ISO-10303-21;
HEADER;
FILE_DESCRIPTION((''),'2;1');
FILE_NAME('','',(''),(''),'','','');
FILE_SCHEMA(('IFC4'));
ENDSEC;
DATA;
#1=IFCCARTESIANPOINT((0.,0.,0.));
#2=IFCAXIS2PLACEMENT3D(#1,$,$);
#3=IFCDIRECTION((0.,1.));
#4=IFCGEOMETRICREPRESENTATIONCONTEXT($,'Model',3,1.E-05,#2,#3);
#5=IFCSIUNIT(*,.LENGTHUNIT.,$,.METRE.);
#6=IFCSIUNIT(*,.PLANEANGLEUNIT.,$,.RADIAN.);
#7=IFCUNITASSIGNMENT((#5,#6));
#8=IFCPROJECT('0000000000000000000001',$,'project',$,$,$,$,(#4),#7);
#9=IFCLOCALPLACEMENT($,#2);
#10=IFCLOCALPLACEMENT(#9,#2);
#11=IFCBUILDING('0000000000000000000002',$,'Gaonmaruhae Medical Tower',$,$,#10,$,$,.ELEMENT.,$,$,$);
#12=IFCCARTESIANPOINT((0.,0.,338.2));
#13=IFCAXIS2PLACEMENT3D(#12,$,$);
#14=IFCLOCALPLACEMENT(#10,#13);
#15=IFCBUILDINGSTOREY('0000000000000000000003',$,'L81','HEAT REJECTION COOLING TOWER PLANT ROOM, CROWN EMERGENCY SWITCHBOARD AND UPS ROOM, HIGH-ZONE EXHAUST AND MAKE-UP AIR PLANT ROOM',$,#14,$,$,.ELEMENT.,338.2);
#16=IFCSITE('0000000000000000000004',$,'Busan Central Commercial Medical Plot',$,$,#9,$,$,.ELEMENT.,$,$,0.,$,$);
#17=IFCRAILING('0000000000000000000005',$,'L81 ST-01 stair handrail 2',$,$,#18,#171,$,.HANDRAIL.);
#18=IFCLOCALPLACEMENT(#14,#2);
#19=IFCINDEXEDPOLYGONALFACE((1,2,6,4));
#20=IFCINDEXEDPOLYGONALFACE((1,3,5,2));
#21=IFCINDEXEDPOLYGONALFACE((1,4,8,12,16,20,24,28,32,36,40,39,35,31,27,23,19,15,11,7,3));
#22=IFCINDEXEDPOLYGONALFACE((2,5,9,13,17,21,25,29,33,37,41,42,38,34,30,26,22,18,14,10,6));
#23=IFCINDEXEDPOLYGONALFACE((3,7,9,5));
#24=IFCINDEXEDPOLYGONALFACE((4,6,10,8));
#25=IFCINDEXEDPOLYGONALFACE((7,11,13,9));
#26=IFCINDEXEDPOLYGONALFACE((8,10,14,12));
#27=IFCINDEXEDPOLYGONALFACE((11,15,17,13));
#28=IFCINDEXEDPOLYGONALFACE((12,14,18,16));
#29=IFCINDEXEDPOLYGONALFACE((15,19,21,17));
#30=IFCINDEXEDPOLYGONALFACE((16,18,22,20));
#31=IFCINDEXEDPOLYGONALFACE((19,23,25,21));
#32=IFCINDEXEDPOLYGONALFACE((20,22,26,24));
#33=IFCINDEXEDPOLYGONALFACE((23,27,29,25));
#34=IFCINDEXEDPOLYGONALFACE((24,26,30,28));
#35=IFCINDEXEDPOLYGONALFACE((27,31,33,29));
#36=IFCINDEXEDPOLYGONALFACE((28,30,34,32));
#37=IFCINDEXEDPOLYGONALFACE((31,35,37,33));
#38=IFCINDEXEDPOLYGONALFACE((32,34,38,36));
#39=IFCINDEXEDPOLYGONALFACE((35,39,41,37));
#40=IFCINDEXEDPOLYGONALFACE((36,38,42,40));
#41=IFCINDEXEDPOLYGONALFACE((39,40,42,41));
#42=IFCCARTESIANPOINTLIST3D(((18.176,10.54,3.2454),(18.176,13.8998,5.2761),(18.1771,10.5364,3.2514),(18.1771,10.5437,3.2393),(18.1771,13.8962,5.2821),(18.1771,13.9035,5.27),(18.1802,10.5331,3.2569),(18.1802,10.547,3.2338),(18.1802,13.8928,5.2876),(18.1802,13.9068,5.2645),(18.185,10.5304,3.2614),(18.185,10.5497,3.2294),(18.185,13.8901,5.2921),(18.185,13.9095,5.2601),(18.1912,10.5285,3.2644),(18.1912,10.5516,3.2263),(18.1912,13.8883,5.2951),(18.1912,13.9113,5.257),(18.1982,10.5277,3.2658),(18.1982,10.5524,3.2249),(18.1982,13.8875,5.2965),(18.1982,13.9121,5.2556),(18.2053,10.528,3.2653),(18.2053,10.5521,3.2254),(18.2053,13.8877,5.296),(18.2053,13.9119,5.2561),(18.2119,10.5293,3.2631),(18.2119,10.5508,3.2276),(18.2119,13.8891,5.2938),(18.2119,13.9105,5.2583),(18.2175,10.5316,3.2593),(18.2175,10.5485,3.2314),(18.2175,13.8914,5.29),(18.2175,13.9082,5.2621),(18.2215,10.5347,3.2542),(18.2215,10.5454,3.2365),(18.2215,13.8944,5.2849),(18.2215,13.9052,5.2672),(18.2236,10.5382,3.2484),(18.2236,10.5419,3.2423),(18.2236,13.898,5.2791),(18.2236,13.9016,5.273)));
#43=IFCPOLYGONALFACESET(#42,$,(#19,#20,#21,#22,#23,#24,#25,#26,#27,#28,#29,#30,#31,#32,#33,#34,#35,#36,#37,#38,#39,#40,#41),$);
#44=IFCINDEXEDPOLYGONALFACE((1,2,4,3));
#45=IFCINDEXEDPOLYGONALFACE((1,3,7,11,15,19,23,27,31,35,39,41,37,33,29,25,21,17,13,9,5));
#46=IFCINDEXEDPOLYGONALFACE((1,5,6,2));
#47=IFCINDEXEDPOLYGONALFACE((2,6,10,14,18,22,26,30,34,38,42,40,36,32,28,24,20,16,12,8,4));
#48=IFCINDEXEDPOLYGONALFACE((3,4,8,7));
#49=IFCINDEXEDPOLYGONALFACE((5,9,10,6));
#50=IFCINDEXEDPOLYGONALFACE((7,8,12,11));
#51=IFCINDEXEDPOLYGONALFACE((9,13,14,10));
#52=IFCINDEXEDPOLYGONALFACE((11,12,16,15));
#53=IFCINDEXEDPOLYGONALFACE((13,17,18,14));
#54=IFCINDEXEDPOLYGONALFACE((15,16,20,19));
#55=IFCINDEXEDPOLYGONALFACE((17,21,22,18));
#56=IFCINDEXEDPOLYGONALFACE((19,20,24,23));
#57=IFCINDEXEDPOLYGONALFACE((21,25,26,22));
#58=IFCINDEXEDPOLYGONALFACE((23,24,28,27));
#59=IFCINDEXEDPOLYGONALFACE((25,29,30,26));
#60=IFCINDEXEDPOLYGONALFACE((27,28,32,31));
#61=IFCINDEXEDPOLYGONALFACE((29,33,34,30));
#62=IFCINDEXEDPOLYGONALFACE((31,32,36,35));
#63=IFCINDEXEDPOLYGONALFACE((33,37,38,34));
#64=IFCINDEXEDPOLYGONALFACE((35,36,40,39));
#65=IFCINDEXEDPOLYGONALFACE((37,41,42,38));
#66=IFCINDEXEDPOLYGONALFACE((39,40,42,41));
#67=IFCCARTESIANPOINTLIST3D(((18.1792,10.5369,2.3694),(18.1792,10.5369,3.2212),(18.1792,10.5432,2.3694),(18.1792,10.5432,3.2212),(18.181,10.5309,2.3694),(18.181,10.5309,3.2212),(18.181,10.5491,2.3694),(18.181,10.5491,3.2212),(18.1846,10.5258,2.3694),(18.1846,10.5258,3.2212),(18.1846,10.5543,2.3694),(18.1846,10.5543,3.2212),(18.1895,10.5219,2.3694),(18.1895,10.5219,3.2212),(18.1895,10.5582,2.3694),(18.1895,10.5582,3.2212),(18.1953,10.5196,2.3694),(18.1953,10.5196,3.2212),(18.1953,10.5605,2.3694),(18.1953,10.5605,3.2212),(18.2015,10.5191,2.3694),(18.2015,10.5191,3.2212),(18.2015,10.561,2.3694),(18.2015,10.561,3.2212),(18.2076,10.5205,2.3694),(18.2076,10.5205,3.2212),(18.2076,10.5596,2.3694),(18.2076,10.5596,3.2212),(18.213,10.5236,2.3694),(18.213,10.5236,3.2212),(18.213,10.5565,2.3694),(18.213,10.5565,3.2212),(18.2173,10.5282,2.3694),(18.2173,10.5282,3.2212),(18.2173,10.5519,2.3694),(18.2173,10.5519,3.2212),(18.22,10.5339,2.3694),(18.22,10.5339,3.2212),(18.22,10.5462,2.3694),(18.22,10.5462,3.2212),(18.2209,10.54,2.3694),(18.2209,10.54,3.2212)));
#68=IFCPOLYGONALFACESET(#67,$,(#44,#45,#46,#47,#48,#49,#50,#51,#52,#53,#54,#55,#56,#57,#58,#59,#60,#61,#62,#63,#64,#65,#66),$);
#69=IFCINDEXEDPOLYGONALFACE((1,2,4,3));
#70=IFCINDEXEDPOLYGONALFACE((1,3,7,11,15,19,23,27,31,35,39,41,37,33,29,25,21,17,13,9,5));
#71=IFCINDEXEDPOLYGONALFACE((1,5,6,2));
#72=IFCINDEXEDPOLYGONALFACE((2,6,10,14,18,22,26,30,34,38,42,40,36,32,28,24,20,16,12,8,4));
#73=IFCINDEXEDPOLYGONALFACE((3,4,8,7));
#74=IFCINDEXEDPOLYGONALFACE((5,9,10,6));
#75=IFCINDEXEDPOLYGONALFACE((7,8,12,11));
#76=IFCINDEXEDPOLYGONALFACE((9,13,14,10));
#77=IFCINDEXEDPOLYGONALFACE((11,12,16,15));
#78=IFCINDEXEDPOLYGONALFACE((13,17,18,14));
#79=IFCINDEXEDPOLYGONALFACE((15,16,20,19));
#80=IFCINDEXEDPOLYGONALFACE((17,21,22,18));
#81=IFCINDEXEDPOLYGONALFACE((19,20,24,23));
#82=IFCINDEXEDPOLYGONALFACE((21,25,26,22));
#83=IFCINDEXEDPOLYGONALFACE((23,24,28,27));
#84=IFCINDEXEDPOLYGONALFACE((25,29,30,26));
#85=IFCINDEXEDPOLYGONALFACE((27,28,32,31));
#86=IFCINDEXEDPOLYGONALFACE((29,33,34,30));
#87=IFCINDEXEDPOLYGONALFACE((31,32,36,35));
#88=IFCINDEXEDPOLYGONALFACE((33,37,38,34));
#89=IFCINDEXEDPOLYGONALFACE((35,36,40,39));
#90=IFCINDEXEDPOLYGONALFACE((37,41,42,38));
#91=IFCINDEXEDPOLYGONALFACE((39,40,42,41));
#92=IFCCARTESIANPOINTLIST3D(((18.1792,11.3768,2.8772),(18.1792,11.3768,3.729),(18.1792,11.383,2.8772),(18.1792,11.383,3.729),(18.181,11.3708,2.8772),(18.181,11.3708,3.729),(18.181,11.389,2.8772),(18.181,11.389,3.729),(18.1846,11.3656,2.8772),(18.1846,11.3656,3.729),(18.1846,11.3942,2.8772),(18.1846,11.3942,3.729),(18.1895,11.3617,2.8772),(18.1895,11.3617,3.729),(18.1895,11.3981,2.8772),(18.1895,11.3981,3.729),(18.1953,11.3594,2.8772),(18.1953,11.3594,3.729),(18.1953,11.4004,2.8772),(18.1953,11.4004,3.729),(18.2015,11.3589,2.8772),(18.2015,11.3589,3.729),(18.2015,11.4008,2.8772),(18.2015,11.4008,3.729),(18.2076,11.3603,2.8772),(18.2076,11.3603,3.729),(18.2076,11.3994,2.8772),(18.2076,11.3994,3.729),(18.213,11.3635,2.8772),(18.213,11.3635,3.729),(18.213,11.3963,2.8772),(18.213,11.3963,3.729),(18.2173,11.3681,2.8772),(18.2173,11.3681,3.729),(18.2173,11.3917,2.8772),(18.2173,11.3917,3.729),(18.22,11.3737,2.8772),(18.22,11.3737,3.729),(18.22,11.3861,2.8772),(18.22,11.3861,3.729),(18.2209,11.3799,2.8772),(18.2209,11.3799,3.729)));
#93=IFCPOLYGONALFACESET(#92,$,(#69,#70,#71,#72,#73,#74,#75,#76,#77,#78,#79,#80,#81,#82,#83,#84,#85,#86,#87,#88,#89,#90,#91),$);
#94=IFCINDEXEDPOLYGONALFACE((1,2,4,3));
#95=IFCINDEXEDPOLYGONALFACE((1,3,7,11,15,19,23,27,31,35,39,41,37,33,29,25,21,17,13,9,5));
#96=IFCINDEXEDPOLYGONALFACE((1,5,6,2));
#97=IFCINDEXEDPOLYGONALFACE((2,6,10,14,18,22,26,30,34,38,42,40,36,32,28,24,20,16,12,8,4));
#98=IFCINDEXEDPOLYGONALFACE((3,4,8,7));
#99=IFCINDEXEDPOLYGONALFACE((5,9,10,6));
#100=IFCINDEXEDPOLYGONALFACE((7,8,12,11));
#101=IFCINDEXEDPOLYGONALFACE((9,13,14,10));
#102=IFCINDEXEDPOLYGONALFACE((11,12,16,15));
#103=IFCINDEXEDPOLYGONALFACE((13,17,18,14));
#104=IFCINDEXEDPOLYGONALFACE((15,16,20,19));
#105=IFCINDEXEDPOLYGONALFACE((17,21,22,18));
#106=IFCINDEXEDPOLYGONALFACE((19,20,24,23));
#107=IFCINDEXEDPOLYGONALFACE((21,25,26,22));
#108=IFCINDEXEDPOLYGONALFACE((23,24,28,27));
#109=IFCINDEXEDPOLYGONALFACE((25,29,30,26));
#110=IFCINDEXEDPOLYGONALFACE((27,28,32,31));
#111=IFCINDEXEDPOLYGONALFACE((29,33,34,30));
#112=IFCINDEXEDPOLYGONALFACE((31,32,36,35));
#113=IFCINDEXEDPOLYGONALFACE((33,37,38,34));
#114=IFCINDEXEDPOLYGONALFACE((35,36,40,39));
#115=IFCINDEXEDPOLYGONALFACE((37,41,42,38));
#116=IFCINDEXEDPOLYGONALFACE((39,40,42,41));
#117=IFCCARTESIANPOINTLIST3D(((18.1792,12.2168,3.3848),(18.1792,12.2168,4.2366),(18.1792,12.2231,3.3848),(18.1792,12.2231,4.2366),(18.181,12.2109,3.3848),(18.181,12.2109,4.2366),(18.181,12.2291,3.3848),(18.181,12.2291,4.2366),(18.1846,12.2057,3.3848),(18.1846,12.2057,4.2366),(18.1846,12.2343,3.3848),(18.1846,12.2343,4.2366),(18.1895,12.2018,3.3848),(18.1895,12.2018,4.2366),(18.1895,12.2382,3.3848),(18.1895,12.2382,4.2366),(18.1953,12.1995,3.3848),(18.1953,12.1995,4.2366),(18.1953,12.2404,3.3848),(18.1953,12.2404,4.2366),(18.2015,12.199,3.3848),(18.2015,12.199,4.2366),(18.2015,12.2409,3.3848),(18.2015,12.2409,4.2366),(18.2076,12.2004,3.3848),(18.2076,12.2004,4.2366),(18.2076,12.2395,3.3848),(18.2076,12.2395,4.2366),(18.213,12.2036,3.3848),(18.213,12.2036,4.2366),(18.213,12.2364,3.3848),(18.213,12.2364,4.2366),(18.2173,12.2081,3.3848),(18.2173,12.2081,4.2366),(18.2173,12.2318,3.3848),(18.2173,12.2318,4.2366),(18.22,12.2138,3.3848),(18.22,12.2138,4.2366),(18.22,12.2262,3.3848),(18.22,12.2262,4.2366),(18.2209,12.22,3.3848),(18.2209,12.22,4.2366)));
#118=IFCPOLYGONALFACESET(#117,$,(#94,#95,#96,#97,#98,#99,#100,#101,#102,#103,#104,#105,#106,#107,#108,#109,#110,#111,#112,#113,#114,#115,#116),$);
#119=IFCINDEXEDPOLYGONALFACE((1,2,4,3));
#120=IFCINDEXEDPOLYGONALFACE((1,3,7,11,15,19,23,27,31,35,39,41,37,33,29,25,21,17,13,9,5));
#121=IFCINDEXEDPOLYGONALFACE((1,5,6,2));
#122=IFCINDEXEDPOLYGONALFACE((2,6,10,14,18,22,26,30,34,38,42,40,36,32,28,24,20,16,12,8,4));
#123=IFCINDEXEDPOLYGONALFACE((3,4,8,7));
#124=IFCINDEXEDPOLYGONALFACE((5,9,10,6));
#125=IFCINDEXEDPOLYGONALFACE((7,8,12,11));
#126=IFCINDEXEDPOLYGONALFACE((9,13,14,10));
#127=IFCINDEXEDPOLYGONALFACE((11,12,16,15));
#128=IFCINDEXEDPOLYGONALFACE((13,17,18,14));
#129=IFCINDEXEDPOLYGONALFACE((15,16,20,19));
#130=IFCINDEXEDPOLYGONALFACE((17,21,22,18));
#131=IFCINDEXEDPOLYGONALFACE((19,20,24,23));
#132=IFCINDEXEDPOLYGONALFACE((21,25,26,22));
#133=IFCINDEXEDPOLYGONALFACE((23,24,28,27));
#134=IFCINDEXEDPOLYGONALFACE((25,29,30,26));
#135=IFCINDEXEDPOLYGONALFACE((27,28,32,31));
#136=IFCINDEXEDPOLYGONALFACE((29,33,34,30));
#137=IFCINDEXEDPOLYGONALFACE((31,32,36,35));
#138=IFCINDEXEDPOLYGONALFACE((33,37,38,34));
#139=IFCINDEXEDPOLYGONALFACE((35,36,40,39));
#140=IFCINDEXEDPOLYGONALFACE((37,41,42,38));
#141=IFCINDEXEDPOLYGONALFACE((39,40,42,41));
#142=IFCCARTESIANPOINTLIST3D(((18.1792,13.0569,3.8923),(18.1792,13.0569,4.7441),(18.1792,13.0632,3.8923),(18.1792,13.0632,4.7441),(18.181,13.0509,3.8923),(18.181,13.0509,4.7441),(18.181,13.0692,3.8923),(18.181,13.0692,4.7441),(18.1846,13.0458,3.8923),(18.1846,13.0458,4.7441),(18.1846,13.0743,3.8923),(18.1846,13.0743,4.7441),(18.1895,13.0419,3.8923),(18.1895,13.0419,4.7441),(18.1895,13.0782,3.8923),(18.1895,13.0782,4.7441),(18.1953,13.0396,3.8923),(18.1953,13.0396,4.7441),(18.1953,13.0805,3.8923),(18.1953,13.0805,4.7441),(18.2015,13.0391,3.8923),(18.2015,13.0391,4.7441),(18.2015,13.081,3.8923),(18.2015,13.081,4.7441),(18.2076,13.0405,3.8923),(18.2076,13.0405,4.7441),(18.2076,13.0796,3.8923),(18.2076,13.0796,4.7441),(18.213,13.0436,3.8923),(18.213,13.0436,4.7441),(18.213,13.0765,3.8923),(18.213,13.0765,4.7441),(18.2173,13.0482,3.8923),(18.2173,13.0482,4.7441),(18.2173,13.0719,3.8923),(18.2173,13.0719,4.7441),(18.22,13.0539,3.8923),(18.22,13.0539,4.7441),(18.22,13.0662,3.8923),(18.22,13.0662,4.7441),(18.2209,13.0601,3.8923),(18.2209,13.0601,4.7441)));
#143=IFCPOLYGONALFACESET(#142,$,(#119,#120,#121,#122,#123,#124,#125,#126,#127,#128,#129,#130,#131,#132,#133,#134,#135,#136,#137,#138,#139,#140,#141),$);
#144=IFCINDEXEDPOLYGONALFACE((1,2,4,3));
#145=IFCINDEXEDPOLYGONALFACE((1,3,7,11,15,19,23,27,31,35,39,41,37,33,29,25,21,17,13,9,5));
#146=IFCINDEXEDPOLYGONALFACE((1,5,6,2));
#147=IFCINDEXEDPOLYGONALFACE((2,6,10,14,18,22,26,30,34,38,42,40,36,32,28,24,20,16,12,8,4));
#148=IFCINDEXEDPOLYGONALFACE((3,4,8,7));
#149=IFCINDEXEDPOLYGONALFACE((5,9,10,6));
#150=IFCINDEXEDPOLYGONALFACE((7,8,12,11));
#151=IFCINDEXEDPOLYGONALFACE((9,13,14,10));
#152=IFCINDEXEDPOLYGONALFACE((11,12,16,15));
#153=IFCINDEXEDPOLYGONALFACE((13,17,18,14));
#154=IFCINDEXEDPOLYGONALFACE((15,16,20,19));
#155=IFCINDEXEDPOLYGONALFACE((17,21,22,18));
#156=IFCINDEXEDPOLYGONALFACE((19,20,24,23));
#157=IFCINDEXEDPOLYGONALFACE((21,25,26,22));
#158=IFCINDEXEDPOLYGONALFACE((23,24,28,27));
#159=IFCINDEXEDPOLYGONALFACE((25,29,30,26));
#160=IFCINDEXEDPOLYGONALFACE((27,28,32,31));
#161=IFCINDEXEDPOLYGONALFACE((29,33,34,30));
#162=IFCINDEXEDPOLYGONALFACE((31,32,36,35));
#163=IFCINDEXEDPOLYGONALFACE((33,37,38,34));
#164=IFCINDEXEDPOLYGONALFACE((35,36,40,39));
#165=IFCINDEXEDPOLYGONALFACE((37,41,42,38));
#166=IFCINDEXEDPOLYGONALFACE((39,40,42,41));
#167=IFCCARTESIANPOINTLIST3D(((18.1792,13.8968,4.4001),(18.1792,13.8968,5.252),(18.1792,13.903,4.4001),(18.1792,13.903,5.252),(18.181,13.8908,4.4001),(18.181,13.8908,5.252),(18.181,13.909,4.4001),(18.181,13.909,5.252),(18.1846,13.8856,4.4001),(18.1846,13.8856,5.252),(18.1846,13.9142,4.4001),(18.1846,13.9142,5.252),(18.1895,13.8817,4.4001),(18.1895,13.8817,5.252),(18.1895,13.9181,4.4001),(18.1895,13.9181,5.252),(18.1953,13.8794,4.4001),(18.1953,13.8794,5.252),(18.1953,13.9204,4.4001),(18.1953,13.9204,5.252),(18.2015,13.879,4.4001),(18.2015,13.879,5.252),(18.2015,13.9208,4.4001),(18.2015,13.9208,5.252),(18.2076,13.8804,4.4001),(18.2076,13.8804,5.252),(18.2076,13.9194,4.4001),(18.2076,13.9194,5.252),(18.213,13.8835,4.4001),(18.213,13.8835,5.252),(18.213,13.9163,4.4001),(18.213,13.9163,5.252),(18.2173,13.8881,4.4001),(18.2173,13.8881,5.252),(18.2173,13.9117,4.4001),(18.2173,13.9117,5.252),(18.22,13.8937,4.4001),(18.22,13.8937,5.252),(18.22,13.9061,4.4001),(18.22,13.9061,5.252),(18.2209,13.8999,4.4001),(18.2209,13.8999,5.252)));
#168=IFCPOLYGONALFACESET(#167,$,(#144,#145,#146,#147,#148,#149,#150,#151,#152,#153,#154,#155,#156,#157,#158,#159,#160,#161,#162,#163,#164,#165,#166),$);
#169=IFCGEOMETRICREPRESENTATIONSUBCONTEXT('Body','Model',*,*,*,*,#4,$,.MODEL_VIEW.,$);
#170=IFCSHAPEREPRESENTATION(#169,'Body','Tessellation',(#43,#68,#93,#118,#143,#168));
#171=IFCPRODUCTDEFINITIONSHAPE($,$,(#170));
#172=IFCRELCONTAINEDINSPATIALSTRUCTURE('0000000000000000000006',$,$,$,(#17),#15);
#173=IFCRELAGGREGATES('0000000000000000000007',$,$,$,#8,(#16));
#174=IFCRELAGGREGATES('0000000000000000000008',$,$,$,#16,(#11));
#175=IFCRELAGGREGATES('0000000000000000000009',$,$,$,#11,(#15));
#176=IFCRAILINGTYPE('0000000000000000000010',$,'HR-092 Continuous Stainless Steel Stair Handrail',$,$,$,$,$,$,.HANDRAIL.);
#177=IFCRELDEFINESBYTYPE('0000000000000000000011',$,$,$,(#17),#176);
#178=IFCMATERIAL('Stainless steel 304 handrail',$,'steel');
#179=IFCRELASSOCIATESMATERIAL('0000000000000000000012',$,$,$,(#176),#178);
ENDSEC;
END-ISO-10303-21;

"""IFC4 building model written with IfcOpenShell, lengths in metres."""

from ifc_helpers import new_model, si_unit, direction, frame, origin, origin_2d, place, context, subcontext, project, spatial, circle, extrude, material, type_object, element, save


model = new_model("IFC4")

# Units and contexts
model_context = context("Model", 3, precision=1e-05, world=origin(), true_north=direction((0.0, 1.0)))
body_context = subcontext(model_context, "Body", "Model", "MODEL_VIEW")
ifc_project = project(units=[si_unit("LENGTHUNIT", "METRE"), si_unit("PLANEANGLEUNIT", "RADIAN")], contexts=[model_context])

# Site, building, storey
site_placement = place(None, origin())
site = spatial("IfcSite", under=ifc_project, at=site_placement, Name="Busan Central Commercial Medical Plot", CompositionType="ELEMENT", RefElevation=0.0)
building_placement = place(site_placement, origin())
building = spatial("IfcBuilding", under=site, at=building_placement, Name="Gaonmaruhae Medical Tower", CompositionType="ELEMENT")
storey_placement = place(building_placement, frame((0.0, 0.0, 338.2)))
storey = spatial("IfcBuildingStorey", under=building, at=storey_placement, Name="L81", Description="HEAT REJECTION COOLING TOWER PLANT ROOM, CROWN EMERGENCY SWITCHBOARD AND UPS ROOM, HIGH-ZONE EXHAUST AND MAKE-UP AIR PLANT ROOM", CompositionType="ELEMENT", Elevation=338.2)

# Railing
ifc_material_1 = material(Name="Stainless steel 304 handrail", Category="steel")
railing_type_1 = type_object("IfcRailingType", Name="HR-092 Continuous Stainless Steel Stair Handrail", PredefinedType="HANDRAIL", material=ifc_material_1)
railing_1_placement = place(storey_placement, frame((18.2, 10.54, 2.3694)))
element("IfcRailing", 1, at=railing_1_placement, inside=storey, type_object=railing_type_1, Name="L81 ST-01 stair handrail 2", PredefinedType="HANDRAIL", context=body_context, shape_type="SweptSolid", body=[
    extrude(circle(Radius=0.0239, at=origin_2d()), frame((0.0, 0.0, 0.876), z_axis=(0.0, 0.85582, 0.517273), x_axis=(-1.0, 0.0, 0.0)), (0.0, 0.0, 1.0), 3.9258),
    extrude(circle(Radius=0.021, at=origin_2d()), origin(), (0.0, 0.0, 1.0), 0.8518),
    extrude(circle(Radius=0.021, at=origin_2d()), frame((0.0, 0.8398, 0.5078)), (0.0, 0.0, 1.0), 0.8518),
    extrude(circle(Radius=0.021, at=origin_2d()), frame((0.0, 1.6799, 1.0154)), (0.0, 0.0, 1.0), 0.8518),
    extrude(circle(Radius=0.021, at=origin_2d()), frame((0.0, 2.52, 1.5229)), (0.0, 0.0, 1.0), 0.8518),
    extrude(circle(Radius=0.021, at=origin_2d()), frame((0.0, 3.3599, 2.0308)), (0.0, 0.0, 1.0), 0.8518),
])

save(model, "model.ifc")
